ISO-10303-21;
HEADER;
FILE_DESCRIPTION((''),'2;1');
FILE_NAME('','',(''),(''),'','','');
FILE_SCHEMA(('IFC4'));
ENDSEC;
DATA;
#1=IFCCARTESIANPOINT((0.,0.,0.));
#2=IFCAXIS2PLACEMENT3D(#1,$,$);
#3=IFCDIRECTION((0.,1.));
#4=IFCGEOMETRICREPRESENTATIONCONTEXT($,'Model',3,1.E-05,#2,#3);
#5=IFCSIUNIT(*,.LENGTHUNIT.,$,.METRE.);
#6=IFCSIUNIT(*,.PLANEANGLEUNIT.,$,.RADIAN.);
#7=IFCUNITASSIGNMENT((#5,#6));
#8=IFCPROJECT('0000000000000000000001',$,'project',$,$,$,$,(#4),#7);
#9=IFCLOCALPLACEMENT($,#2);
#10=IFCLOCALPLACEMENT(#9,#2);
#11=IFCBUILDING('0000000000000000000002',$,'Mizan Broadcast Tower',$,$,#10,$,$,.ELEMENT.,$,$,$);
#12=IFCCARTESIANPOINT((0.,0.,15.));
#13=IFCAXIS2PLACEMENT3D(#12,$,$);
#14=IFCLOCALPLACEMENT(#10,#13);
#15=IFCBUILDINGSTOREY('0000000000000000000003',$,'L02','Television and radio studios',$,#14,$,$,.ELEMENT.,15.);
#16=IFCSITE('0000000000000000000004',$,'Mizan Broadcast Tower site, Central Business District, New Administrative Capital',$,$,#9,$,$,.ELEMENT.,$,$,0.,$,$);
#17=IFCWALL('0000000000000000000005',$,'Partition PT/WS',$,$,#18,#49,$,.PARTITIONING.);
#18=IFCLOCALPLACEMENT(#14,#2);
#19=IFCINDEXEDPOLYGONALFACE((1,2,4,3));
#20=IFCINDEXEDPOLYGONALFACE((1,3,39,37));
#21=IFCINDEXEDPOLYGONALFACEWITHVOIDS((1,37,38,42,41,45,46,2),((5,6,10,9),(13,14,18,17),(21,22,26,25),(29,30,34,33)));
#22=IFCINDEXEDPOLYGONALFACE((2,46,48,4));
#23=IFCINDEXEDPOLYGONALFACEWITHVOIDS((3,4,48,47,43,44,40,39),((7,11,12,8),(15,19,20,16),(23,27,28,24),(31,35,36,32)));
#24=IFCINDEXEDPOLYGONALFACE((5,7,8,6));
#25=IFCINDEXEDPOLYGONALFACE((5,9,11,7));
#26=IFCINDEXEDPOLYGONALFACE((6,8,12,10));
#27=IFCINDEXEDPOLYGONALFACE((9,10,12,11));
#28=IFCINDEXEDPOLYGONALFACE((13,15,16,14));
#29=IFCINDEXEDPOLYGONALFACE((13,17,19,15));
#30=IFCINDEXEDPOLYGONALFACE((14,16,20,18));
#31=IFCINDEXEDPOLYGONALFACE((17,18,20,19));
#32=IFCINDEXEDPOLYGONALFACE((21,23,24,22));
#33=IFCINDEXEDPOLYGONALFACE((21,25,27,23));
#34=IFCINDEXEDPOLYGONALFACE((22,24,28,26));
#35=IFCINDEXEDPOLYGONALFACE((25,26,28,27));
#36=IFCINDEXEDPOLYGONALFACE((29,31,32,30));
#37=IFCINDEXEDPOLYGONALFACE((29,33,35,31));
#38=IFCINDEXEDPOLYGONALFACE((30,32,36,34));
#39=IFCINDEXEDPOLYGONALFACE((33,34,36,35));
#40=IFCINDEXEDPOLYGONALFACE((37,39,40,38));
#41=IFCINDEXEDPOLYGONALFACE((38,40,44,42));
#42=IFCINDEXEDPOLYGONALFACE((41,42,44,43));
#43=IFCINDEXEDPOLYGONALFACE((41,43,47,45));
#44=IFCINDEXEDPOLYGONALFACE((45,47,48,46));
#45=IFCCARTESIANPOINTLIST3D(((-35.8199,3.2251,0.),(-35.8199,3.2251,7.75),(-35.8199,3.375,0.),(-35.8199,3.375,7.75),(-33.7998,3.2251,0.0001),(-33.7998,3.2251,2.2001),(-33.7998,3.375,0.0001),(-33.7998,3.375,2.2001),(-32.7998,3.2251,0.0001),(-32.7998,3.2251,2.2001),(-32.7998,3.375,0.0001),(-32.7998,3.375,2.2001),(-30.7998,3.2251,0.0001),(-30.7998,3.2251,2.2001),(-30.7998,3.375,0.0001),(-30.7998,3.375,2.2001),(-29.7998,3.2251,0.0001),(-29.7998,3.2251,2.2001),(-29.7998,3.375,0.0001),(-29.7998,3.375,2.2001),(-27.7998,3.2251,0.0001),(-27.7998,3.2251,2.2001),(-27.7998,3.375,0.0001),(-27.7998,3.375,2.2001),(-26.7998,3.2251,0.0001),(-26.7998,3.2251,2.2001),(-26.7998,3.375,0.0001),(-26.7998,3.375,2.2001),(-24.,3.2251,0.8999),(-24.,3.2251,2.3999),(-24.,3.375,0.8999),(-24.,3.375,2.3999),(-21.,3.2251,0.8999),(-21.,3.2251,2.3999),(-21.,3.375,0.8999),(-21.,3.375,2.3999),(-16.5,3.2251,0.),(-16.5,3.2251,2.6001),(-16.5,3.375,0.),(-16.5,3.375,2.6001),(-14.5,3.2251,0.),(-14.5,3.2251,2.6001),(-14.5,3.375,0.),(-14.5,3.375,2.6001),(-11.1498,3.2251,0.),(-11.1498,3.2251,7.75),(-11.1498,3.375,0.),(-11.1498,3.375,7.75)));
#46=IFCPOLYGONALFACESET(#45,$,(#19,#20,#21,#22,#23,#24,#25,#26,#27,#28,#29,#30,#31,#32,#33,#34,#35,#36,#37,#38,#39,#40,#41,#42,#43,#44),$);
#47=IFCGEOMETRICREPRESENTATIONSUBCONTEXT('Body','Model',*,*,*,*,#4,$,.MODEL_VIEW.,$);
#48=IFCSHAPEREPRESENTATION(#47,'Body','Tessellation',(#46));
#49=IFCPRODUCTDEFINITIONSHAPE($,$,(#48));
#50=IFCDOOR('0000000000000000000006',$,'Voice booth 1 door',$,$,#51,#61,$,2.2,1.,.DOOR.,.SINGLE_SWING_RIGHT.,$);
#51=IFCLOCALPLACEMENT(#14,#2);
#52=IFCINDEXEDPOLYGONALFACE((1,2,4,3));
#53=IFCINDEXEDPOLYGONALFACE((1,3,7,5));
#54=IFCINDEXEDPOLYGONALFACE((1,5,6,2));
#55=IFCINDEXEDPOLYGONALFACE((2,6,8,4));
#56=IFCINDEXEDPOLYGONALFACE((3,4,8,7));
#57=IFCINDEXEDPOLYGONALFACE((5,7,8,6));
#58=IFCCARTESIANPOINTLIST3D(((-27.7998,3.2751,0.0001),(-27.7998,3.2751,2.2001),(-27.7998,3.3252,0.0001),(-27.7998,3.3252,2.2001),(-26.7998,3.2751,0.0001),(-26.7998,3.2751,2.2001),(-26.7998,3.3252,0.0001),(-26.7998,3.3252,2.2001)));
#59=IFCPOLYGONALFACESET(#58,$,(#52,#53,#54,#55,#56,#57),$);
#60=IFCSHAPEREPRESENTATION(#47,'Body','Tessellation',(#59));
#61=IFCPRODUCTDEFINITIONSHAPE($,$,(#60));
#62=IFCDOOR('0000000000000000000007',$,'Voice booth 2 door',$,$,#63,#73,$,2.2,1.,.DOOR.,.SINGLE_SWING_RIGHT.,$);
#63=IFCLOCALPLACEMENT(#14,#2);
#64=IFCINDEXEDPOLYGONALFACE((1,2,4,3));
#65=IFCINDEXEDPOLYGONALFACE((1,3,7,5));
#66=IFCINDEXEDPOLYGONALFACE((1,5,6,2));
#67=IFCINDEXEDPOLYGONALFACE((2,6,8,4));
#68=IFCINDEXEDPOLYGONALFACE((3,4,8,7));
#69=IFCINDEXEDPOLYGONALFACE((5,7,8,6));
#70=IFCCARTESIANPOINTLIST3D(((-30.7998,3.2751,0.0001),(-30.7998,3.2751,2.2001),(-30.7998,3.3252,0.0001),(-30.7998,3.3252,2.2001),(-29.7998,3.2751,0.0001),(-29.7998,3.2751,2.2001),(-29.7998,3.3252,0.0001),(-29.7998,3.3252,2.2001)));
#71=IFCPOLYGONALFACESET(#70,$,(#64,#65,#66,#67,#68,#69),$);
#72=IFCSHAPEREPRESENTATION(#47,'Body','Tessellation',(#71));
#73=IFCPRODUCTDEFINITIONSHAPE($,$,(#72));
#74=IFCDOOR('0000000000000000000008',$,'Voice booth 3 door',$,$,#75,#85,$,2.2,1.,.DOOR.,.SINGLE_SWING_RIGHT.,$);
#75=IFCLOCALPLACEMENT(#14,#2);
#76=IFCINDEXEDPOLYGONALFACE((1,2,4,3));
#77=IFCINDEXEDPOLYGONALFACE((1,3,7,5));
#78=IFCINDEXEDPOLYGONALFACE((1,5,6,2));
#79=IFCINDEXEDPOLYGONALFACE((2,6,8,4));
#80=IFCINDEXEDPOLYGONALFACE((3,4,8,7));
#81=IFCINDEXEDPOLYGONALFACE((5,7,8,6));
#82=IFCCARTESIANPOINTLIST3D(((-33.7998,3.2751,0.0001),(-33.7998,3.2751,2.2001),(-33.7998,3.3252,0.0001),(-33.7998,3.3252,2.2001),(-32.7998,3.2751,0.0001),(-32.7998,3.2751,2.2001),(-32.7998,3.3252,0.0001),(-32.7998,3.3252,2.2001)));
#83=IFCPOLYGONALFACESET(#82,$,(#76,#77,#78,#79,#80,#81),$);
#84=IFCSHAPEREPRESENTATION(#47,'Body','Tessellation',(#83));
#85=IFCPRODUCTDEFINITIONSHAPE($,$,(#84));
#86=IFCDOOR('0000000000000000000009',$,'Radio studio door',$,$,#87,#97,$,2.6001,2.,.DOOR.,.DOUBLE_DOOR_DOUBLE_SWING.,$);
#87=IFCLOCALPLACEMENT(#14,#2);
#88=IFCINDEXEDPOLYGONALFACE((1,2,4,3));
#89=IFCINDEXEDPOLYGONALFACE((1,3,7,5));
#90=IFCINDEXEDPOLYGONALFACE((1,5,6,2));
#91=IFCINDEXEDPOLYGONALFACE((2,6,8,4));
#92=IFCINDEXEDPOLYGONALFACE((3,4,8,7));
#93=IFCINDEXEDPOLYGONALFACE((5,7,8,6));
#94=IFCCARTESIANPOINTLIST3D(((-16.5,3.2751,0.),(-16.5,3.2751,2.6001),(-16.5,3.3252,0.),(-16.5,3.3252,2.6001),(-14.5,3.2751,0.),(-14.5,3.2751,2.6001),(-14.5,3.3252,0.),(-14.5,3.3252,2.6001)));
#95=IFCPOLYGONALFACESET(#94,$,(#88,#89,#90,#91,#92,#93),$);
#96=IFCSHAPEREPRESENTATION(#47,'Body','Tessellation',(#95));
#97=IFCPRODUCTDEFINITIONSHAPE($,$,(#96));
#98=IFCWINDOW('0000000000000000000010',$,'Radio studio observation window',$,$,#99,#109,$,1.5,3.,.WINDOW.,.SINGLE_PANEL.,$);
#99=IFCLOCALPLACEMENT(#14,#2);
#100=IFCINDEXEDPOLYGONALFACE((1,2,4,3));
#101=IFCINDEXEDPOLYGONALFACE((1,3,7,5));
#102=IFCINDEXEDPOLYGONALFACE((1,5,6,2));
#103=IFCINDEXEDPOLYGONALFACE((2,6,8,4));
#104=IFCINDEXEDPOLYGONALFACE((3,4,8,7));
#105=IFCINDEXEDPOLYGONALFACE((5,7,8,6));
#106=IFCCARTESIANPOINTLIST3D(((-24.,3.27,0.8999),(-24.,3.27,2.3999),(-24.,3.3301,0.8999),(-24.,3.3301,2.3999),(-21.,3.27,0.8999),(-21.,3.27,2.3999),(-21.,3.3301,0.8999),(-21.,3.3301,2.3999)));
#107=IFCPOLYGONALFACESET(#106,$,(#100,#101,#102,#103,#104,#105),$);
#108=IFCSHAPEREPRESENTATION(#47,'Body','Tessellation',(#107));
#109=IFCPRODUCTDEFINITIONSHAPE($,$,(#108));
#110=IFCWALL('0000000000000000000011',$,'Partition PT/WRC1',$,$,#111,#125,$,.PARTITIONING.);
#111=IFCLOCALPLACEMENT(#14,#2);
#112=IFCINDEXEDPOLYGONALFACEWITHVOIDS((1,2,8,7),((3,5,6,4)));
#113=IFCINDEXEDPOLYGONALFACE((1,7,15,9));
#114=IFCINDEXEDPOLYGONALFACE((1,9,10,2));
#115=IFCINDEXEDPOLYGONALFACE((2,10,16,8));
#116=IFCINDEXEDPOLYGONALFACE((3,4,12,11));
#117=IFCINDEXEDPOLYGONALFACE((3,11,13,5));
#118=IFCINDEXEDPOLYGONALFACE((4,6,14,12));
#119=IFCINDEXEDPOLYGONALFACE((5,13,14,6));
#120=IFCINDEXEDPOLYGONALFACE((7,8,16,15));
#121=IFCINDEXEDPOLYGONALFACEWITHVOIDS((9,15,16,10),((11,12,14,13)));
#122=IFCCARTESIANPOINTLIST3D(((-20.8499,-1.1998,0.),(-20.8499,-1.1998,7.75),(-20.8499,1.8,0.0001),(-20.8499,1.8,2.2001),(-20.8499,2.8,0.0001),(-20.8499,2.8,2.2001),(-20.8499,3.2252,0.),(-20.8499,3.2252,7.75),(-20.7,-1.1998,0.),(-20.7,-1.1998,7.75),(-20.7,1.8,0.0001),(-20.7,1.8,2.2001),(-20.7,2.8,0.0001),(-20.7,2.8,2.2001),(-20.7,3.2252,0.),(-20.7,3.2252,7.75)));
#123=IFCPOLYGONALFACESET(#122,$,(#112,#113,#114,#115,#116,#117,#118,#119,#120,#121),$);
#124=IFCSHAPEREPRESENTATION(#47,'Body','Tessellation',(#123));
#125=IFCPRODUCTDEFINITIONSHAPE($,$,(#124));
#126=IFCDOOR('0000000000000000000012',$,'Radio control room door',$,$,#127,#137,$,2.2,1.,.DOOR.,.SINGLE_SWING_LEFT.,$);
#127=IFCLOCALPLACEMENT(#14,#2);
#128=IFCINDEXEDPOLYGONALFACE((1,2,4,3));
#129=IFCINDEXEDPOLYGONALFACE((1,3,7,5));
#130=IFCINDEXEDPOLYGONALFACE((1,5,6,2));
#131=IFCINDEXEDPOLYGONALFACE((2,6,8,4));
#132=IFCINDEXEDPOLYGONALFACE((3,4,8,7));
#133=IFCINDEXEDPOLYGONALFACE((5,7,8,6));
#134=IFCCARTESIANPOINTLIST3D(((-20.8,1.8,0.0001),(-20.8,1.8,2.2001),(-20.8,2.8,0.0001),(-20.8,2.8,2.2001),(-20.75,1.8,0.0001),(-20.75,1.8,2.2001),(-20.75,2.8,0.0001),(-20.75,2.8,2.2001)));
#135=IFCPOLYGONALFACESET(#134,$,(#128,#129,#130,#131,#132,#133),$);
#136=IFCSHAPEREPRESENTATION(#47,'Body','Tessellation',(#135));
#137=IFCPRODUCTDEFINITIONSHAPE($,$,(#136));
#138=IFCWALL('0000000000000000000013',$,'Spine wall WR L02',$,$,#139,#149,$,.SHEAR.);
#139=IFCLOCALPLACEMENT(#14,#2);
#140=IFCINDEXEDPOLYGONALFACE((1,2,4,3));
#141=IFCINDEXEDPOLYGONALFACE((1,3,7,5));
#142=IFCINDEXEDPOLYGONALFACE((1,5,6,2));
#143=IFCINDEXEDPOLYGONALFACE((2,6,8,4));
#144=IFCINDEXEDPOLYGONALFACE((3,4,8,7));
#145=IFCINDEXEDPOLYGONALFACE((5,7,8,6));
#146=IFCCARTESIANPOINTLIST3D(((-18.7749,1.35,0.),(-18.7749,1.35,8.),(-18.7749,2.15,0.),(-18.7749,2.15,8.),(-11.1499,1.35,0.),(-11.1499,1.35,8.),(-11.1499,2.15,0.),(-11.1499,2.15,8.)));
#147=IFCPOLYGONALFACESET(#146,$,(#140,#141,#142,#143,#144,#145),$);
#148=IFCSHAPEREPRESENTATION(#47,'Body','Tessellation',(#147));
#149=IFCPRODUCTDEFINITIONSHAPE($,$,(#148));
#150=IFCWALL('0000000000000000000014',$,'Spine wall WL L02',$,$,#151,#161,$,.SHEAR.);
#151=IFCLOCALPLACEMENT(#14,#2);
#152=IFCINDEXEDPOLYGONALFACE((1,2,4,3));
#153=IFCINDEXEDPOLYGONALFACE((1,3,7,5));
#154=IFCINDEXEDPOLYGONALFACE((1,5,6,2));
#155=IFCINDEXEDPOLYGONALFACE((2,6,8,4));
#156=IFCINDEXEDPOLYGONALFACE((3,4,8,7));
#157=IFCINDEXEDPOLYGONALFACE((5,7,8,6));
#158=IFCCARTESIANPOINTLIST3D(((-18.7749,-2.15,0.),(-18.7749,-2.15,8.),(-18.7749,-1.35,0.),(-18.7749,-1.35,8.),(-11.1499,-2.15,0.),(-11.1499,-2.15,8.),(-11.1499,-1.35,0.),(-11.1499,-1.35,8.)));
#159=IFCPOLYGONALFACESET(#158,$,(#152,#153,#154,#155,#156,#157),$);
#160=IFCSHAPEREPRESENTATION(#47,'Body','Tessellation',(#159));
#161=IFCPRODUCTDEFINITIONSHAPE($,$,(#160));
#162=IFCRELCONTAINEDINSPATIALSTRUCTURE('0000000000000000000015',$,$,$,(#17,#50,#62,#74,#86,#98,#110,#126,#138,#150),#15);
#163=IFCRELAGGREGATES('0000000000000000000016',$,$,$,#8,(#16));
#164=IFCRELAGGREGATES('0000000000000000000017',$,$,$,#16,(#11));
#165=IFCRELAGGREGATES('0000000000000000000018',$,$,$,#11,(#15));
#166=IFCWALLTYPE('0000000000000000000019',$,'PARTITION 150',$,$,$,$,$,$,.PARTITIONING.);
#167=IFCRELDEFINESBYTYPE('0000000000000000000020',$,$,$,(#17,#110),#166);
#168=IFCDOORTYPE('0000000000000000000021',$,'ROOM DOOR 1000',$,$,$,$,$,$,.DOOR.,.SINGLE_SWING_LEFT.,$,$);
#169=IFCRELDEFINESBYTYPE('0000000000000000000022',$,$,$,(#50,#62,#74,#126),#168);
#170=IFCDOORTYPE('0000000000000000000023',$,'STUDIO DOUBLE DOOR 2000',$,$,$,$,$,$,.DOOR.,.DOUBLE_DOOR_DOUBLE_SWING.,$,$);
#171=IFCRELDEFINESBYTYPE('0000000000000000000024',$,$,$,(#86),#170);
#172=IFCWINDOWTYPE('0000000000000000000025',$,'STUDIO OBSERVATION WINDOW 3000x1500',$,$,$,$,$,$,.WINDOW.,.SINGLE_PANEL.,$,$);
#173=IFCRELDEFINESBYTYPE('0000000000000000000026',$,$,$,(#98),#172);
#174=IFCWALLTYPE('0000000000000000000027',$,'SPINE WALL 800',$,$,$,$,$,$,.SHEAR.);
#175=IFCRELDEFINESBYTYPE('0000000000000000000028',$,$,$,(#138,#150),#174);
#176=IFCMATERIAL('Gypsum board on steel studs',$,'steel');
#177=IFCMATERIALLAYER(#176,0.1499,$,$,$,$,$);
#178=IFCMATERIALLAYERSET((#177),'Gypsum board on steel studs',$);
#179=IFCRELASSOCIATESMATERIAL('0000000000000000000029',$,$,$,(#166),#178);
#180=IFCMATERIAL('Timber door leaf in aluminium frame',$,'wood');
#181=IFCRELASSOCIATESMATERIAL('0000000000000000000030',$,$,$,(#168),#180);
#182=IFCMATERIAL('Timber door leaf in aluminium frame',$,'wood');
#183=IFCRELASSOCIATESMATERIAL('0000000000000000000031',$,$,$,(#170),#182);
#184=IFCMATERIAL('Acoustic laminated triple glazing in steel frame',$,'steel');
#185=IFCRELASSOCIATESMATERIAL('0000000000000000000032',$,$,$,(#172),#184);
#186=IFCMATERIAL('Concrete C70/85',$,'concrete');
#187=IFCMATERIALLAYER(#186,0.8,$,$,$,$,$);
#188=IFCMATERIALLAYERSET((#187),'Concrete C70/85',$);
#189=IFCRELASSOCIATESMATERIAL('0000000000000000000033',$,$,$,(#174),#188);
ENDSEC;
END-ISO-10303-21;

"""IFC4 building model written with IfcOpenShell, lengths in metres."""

from ifc_helpers import new_model, si_unit, direction, frame, frame_2d, origin, place, context, subcontext, project, spatial, rectangle, extrude, material, layer, layer_set, type_object, element, fill, save


model = new_model("IFC4")

# Units and contexts
model_context = context("Model", 3, precision=1e-05, world=origin(), true_north=direction((0.0, 1.0)))
body_context = subcontext(model_context, "Body", "Model", "MODEL_VIEW")
ifc_project = project(units=[si_unit("LENGTHUNIT", "METRE"), si_unit("PLANEANGLEUNIT", "RADIAN")], contexts=[model_context])

# Site, building, storey
site_placement = place(None, origin())
site = spatial("IfcSite", under=ifc_project, at=site_placement, Name="Mizan Broadcast Tower site, Central Business District, New Administrative Capital", CompositionType="ELEMENT", RefElevation=0.0)
building_placement = place(site_placement, origin())
building = spatial("IfcBuilding", under=site, at=building_placement, Name="Mizan Broadcast Tower", CompositionType="ELEMENT")
storey_placement = place(building_placement, frame((0.0, 0.0, 15.0)))
storey = spatial("IfcBuildingStorey", under=building, at=storey_placement, Name="L02", Description="Television and radio studios", CompositionType="ELEMENT", Elevation=15.0)

# Wall, openings, doors, window
ifc_material_1 = material(Name="Gypsum board on steel studs", Category="steel")
ifc_layer_1 = layer(ifc_material_1, 0.1499)
ifc_layer_set_1 = layer_set([ifc_layer_1], Name="Gypsum board on steel studs")
wall_type_1 = type_object("IfcWallType", Name="PARTITION 150", PredefinedType="PARTITIONING", material=ifc_layer_set_1)
wall_1_placement = place(storey_placement, frame((-11.1499, 3.3, 0.0), z_axis=(0.0, 0.0, 1.0), x_axis=(-1.0, 0.0, 0.0)))
wall_1 = element("IfcWall", 1, at=wall_1_placement, inside=storey, type_object=wall_type_1, Name="Partition PT/WS", PredefinedType="PARTITIONING", context=body_context, shape_type="SweptSolid", body=[
    extrude(rectangle(XDim=24.6702, YDim=0.1499, at=frame_2d((12.335, 0.0))), origin(), (0.0, 0.0, 1.0), 7.75),
])
opening_1_placement = place(wall_1_placement, frame((3.3501, 0.0, 0.0)))
opening_1 = element("IfcOpeningElement", 2, at=opening_1_placement, cuts=wall_1, PredefinedType="OPENING", context=body_context, shape_type="SweptSolid", body=[
    extrude(rectangle(XDim=2.0, YDim=2.6001, at=frame_2d((1.0, 1.3))), frame((0.0, 0.085, 0.0), z_axis=(0.0, -1.0, 0.0), x_axis=(1.0, 0.0, 0.0)), (0.0, 0.0, 1.0), 0.1699),
])
opening_2_placement = place(wall_1_placement, frame((15.6499, 0.0, 0.0)))
opening_2 = element("IfcOpeningElement", 3, at=opening_2_placement, cuts=wall_1, PredefinedType="OPENING", context=body_context, shape_type="SweptSolid", body=[
    extrude(rectangle(XDim=1.0, YDim=2.2, at=frame_2d((0.5, 1.1001))), frame((0.0, 0.085, 0.0), z_axis=(0.0, -1.0, 0.0), x_axis=(1.0, 0.0, 0.0)), (0.0, 0.0, 1.0), 0.1699),
])
opening_3_placement = place(wall_1_placement, frame((18.6499, 0.0, 0.0)))
opening_3 = element("IfcOpeningElement", 4, at=opening_3_placement, cuts=wall_1, PredefinedType="OPENING", context=body_context, shape_type="SweptSolid", body=[
    extrude(rectangle(XDim=1.0, YDim=2.2, at=frame_2d((0.5, 1.1001))), frame((0.0, 0.085, 0.0), z_axis=(0.0, -1.0, 0.0), x_axis=(1.0, 0.0, 0.0)), (0.0, 0.0, 1.0), 0.1699),
])
opening_4_placement = place(wall_1_placement, frame((21.6499, 0.0, 0.0)))
opening_4 = element("IfcOpeningElement", 5, at=opening_4_placement, cuts=wall_1, PredefinedType="OPENING", context=body_context, shape_type="SweptSolid", body=[
    extrude(rectangle(XDim=1.0, YDim=2.2, at=frame_2d((0.5, 1.1001))), frame((0.0, 0.085, 0.0), z_axis=(0.0, -1.0, 0.0), x_axis=(1.0, 0.0, 0.0)), (0.0, 0.0, 1.0), 0.1699),
])
opening_5_placement = place(wall_1_placement, frame((9.8501, 0.0, 0.8999)))
opening_5 = element("IfcOpeningElement", 6, at=opening_5_placement, cuts=wall_1, PredefinedType="OPENING", context=body_context, shape_type="SweptSolid", body=[
    extrude(rectangle(XDim=3.0, YDim=1.5, at=frame_2d((1.5, 0.75))), frame((0.0, 0.085, 0.0), z_axis=(0.0, -1.0, 0.0), x_axis=(1.0, 0.0, 0.0)), (0.0, 0.0, 1.0), 0.1699),
])
ifc_material_2 = material(Name="Timber door leaf in aluminium frame", Category="wood")
door_type_1 = type_object("IfcDoorType", Name="ROOM DOOR 1000", OperationType="SINGLE_SWING_LEFT", PredefinedType="DOOR", material=ifc_material_2)
door_1_placement = place(opening_2_placement, origin())
door_1 = element("IfcDoor", 7, at=door_1_placement, inside=storey, type_object=door_type_1, Name="Voice booth 1 door", OperationType="SINGLE_SWING_RIGHT", OverallHeight=2.2, OverallWidth=1.0, PredefinedType="DOOR", context=body_context, shape_type="SweptSolid", body=[
    extrude(rectangle(XDim=1.0, YDim=2.2, at=frame_2d((0.5, 1.1001))), frame((0.0, 0.0249, 0.0), z_axis=(0.0, -1.0, 0.0), x_axis=(1.0, 0.0, 0.0)), (0.0, 0.0, 1.0), 0.05),
])
fill(opening_2, door_1)
door_2_placement = place(opening_3_placement, origin())
door_2 = element("IfcDoor", 8, at=door_2_placement, inside=storey, type_object=door_type_1, Name="Voice booth 2 door", OperationType="SINGLE_SWING_RIGHT", OverallHeight=2.2, OverallWidth=1.0, PredefinedType="DOOR", context=body_context, shape_type="SweptSolid", body=[
    extrude(rectangle(XDim=1.0, YDim=2.2, at=frame_2d((0.5, 1.1001))), frame((0.0, 0.0249, 0.0), z_axis=(0.0, -1.0, 0.0), x_axis=(1.0, 0.0, 0.0)), (0.0, 0.0, 1.0), 0.05),
])
fill(opening_3, door_2)
door_3_placement = place(opening_4_placement, origin())
door_3 = element("IfcDoor", 9, at=door_3_placement, inside=storey, type_object=door_type_1, Name="Voice booth 3 door", OperationType="SINGLE_SWING_RIGHT", OverallHeight=2.2, OverallWidth=1.0, PredefinedType="DOOR", context=body_context, shape_type="SweptSolid", body=[
    extrude(rectangle(XDim=1.0, YDim=2.2, at=frame_2d((0.5, 1.1001))), frame((0.0, 0.0249, 0.0), z_axis=(0.0, -1.0, 0.0), x_axis=(1.0, 0.0, 0.0)), (0.0, 0.0, 1.0), 0.05),
])
fill(opening_4, door_3)
ifc_material_3 = material(Name="Timber door leaf in aluminium frame", Category="wood")
door_type_2 = type_object("IfcDoorType", Name="STUDIO DOUBLE DOOR 2000", OperationType="DOUBLE_DOOR_DOUBLE_SWING", PredefinedType="DOOR", material=ifc_material_3)
door_4_placement = place(opening_1_placement, origin())
door_4 = element("IfcDoor", 10, at=door_4_placement, inside=storey, type_object=door_type_2, Name="Radio studio door", OperationType="DOUBLE_DOOR_DOUBLE_SWING", OverallHeight=2.6001, OverallWidth=2.0, PredefinedType="DOOR", context=body_context, shape_type="SweptSolid", body=[
    extrude(rectangle(XDim=2.0, YDim=2.6001, at=frame_2d((1.0, 1.3))), frame((0.0, 0.0249, 0.0), z_axis=(0.0, -1.0, 0.0), x_axis=(1.0, 0.0, 0.0)), (0.0, 0.0, 1.0), 0.05),
])
fill(opening_1, door_4)
ifc_material_4 = material(Name="Acoustic laminated triple glazing in steel frame", Category="steel")
window_type = type_object("IfcWindowType", Name="STUDIO OBSERVATION WINDOW 3000x1500", PartitioningType="SINGLE_PANEL", PredefinedType="WINDOW", material=ifc_material_4)
window_placement = place(opening_5_placement, origin())
window = element("IfcWindow", 11, at=window_placement, inside=storey, type_object=window_type, Name="Radio studio observation window", OverallHeight=1.5, OverallWidth=3.0, PartitioningType="SINGLE_PANEL", PredefinedType="WINDOW", context=body_context, shape_type="SweptSolid", body=[
    extrude(rectangle(XDim=3.0, YDim=1.5, at=frame_2d((1.5, 0.75))), frame((0.0, 0.03, 0.0), z_axis=(0.0, -1.0, 0.0), x_axis=(1.0, 0.0, 0.0)), (0.0, 0.0, 1.0), 0.0601),
])
fill(opening_5, window)

# Wall, opening, door
wall_2_placement = place(storey_placement, frame((-20.7749, 3.2251, 0.0), z_axis=(0.0, 0.0, 1.0), x_axis=(0.0, -1.0, 0.0)))
wall_2 = element("IfcWall", 12, at=wall_2_placement, inside=storey, type_object=wall_type_1, Name="Partition PT/WRC1", PredefinedType="PARTITIONING", context=body_context, shape_type="SweptSolid", body=[
    extrude(rectangle(XDim=4.425, YDim=0.1499, at=frame_2d((2.2124, 0.0))), origin(), (0.0, 0.0, 1.0), 7.75),
])
opening_6_placement = place(wall_2_placement, frame((0.425, 0.0, 0.0)))
opening_6 = element("IfcOpeningElement", 13, at=opening_6_placement, cuts=wall_2, PredefinedType="OPENING", context=body_context, shape_type="SweptSolid", body=[
    extrude(rectangle(XDim=1.0, YDim=2.2, at=frame_2d((0.5, 1.1001))), frame((0.0, 0.085, 0.0), z_axis=(0.0, -1.0, 0.0), x_axis=(1.0, 0.0, 0.0)), (0.0, 0.0, 1.0), 0.1699),
])
door_5_placement = place(opening_6_placement, origin())
door_5 = element("IfcDoor", 14, at=door_5_placement, inside=storey, type_object=door_type_1, Name="Radio control room door", OperationType="SINGLE_SWING_LEFT", OverallHeight=2.2, OverallWidth=1.0, PredefinedType="DOOR", context=body_context, shape_type="SweptSolid", body=[
    extrude(rectangle(XDim=1.0, YDim=2.2, at=frame_2d((0.5, 1.1001))), frame((0.0, 0.0249, 0.0), z_axis=(0.0, -1.0, 0.0), x_axis=(1.0, 0.0, 0.0)), (0.0, 0.0, 1.0), 0.05),
])
fill(opening_6, door_5)

# Walls
ifc_material_5 = material(Name="Concrete C70/85", Category="concrete")
ifc_layer_2 = layer(ifc_material_5, 0.8)
ifc_layer_set_2 = layer_set([ifc_layer_2], Name="Concrete C70/85")
wall_type_2 = type_object("IfcWallType", Name="SPINE WALL 800", PredefinedType="SHEAR", material=ifc_layer_set_2)
for number, where, z_axis, x_axis, name in (
    (15, (-11.1499, 1.75, 0.0), (0.0, 0.0, 1.0), (-1.0, 0.0, 0.0), "Spine wall WR L02"),
    (16, (-11.1499, -1.75, 0.0), (0.0, 0.0, 1.0), (-1.0, 0.0, 0.0), "Spine wall WL L02"),
):
    element("IfcWall", number, at=place(storey_placement, frame(where, z_axis=z_axis, x_axis=x_axis)), inside=storey, type_object=wall_type_2, Name=name, PredefinedType="SHEAR", context=body_context, shape_type="SweptSolid", body=[
        extrude(rectangle(XDim=7.625, YDim=0.8, at=frame_2d((3.8125, 0.0))), origin(), (0.0, 0.0, 1.0), 8.0),
    ])

save(model, "model.ifc")
